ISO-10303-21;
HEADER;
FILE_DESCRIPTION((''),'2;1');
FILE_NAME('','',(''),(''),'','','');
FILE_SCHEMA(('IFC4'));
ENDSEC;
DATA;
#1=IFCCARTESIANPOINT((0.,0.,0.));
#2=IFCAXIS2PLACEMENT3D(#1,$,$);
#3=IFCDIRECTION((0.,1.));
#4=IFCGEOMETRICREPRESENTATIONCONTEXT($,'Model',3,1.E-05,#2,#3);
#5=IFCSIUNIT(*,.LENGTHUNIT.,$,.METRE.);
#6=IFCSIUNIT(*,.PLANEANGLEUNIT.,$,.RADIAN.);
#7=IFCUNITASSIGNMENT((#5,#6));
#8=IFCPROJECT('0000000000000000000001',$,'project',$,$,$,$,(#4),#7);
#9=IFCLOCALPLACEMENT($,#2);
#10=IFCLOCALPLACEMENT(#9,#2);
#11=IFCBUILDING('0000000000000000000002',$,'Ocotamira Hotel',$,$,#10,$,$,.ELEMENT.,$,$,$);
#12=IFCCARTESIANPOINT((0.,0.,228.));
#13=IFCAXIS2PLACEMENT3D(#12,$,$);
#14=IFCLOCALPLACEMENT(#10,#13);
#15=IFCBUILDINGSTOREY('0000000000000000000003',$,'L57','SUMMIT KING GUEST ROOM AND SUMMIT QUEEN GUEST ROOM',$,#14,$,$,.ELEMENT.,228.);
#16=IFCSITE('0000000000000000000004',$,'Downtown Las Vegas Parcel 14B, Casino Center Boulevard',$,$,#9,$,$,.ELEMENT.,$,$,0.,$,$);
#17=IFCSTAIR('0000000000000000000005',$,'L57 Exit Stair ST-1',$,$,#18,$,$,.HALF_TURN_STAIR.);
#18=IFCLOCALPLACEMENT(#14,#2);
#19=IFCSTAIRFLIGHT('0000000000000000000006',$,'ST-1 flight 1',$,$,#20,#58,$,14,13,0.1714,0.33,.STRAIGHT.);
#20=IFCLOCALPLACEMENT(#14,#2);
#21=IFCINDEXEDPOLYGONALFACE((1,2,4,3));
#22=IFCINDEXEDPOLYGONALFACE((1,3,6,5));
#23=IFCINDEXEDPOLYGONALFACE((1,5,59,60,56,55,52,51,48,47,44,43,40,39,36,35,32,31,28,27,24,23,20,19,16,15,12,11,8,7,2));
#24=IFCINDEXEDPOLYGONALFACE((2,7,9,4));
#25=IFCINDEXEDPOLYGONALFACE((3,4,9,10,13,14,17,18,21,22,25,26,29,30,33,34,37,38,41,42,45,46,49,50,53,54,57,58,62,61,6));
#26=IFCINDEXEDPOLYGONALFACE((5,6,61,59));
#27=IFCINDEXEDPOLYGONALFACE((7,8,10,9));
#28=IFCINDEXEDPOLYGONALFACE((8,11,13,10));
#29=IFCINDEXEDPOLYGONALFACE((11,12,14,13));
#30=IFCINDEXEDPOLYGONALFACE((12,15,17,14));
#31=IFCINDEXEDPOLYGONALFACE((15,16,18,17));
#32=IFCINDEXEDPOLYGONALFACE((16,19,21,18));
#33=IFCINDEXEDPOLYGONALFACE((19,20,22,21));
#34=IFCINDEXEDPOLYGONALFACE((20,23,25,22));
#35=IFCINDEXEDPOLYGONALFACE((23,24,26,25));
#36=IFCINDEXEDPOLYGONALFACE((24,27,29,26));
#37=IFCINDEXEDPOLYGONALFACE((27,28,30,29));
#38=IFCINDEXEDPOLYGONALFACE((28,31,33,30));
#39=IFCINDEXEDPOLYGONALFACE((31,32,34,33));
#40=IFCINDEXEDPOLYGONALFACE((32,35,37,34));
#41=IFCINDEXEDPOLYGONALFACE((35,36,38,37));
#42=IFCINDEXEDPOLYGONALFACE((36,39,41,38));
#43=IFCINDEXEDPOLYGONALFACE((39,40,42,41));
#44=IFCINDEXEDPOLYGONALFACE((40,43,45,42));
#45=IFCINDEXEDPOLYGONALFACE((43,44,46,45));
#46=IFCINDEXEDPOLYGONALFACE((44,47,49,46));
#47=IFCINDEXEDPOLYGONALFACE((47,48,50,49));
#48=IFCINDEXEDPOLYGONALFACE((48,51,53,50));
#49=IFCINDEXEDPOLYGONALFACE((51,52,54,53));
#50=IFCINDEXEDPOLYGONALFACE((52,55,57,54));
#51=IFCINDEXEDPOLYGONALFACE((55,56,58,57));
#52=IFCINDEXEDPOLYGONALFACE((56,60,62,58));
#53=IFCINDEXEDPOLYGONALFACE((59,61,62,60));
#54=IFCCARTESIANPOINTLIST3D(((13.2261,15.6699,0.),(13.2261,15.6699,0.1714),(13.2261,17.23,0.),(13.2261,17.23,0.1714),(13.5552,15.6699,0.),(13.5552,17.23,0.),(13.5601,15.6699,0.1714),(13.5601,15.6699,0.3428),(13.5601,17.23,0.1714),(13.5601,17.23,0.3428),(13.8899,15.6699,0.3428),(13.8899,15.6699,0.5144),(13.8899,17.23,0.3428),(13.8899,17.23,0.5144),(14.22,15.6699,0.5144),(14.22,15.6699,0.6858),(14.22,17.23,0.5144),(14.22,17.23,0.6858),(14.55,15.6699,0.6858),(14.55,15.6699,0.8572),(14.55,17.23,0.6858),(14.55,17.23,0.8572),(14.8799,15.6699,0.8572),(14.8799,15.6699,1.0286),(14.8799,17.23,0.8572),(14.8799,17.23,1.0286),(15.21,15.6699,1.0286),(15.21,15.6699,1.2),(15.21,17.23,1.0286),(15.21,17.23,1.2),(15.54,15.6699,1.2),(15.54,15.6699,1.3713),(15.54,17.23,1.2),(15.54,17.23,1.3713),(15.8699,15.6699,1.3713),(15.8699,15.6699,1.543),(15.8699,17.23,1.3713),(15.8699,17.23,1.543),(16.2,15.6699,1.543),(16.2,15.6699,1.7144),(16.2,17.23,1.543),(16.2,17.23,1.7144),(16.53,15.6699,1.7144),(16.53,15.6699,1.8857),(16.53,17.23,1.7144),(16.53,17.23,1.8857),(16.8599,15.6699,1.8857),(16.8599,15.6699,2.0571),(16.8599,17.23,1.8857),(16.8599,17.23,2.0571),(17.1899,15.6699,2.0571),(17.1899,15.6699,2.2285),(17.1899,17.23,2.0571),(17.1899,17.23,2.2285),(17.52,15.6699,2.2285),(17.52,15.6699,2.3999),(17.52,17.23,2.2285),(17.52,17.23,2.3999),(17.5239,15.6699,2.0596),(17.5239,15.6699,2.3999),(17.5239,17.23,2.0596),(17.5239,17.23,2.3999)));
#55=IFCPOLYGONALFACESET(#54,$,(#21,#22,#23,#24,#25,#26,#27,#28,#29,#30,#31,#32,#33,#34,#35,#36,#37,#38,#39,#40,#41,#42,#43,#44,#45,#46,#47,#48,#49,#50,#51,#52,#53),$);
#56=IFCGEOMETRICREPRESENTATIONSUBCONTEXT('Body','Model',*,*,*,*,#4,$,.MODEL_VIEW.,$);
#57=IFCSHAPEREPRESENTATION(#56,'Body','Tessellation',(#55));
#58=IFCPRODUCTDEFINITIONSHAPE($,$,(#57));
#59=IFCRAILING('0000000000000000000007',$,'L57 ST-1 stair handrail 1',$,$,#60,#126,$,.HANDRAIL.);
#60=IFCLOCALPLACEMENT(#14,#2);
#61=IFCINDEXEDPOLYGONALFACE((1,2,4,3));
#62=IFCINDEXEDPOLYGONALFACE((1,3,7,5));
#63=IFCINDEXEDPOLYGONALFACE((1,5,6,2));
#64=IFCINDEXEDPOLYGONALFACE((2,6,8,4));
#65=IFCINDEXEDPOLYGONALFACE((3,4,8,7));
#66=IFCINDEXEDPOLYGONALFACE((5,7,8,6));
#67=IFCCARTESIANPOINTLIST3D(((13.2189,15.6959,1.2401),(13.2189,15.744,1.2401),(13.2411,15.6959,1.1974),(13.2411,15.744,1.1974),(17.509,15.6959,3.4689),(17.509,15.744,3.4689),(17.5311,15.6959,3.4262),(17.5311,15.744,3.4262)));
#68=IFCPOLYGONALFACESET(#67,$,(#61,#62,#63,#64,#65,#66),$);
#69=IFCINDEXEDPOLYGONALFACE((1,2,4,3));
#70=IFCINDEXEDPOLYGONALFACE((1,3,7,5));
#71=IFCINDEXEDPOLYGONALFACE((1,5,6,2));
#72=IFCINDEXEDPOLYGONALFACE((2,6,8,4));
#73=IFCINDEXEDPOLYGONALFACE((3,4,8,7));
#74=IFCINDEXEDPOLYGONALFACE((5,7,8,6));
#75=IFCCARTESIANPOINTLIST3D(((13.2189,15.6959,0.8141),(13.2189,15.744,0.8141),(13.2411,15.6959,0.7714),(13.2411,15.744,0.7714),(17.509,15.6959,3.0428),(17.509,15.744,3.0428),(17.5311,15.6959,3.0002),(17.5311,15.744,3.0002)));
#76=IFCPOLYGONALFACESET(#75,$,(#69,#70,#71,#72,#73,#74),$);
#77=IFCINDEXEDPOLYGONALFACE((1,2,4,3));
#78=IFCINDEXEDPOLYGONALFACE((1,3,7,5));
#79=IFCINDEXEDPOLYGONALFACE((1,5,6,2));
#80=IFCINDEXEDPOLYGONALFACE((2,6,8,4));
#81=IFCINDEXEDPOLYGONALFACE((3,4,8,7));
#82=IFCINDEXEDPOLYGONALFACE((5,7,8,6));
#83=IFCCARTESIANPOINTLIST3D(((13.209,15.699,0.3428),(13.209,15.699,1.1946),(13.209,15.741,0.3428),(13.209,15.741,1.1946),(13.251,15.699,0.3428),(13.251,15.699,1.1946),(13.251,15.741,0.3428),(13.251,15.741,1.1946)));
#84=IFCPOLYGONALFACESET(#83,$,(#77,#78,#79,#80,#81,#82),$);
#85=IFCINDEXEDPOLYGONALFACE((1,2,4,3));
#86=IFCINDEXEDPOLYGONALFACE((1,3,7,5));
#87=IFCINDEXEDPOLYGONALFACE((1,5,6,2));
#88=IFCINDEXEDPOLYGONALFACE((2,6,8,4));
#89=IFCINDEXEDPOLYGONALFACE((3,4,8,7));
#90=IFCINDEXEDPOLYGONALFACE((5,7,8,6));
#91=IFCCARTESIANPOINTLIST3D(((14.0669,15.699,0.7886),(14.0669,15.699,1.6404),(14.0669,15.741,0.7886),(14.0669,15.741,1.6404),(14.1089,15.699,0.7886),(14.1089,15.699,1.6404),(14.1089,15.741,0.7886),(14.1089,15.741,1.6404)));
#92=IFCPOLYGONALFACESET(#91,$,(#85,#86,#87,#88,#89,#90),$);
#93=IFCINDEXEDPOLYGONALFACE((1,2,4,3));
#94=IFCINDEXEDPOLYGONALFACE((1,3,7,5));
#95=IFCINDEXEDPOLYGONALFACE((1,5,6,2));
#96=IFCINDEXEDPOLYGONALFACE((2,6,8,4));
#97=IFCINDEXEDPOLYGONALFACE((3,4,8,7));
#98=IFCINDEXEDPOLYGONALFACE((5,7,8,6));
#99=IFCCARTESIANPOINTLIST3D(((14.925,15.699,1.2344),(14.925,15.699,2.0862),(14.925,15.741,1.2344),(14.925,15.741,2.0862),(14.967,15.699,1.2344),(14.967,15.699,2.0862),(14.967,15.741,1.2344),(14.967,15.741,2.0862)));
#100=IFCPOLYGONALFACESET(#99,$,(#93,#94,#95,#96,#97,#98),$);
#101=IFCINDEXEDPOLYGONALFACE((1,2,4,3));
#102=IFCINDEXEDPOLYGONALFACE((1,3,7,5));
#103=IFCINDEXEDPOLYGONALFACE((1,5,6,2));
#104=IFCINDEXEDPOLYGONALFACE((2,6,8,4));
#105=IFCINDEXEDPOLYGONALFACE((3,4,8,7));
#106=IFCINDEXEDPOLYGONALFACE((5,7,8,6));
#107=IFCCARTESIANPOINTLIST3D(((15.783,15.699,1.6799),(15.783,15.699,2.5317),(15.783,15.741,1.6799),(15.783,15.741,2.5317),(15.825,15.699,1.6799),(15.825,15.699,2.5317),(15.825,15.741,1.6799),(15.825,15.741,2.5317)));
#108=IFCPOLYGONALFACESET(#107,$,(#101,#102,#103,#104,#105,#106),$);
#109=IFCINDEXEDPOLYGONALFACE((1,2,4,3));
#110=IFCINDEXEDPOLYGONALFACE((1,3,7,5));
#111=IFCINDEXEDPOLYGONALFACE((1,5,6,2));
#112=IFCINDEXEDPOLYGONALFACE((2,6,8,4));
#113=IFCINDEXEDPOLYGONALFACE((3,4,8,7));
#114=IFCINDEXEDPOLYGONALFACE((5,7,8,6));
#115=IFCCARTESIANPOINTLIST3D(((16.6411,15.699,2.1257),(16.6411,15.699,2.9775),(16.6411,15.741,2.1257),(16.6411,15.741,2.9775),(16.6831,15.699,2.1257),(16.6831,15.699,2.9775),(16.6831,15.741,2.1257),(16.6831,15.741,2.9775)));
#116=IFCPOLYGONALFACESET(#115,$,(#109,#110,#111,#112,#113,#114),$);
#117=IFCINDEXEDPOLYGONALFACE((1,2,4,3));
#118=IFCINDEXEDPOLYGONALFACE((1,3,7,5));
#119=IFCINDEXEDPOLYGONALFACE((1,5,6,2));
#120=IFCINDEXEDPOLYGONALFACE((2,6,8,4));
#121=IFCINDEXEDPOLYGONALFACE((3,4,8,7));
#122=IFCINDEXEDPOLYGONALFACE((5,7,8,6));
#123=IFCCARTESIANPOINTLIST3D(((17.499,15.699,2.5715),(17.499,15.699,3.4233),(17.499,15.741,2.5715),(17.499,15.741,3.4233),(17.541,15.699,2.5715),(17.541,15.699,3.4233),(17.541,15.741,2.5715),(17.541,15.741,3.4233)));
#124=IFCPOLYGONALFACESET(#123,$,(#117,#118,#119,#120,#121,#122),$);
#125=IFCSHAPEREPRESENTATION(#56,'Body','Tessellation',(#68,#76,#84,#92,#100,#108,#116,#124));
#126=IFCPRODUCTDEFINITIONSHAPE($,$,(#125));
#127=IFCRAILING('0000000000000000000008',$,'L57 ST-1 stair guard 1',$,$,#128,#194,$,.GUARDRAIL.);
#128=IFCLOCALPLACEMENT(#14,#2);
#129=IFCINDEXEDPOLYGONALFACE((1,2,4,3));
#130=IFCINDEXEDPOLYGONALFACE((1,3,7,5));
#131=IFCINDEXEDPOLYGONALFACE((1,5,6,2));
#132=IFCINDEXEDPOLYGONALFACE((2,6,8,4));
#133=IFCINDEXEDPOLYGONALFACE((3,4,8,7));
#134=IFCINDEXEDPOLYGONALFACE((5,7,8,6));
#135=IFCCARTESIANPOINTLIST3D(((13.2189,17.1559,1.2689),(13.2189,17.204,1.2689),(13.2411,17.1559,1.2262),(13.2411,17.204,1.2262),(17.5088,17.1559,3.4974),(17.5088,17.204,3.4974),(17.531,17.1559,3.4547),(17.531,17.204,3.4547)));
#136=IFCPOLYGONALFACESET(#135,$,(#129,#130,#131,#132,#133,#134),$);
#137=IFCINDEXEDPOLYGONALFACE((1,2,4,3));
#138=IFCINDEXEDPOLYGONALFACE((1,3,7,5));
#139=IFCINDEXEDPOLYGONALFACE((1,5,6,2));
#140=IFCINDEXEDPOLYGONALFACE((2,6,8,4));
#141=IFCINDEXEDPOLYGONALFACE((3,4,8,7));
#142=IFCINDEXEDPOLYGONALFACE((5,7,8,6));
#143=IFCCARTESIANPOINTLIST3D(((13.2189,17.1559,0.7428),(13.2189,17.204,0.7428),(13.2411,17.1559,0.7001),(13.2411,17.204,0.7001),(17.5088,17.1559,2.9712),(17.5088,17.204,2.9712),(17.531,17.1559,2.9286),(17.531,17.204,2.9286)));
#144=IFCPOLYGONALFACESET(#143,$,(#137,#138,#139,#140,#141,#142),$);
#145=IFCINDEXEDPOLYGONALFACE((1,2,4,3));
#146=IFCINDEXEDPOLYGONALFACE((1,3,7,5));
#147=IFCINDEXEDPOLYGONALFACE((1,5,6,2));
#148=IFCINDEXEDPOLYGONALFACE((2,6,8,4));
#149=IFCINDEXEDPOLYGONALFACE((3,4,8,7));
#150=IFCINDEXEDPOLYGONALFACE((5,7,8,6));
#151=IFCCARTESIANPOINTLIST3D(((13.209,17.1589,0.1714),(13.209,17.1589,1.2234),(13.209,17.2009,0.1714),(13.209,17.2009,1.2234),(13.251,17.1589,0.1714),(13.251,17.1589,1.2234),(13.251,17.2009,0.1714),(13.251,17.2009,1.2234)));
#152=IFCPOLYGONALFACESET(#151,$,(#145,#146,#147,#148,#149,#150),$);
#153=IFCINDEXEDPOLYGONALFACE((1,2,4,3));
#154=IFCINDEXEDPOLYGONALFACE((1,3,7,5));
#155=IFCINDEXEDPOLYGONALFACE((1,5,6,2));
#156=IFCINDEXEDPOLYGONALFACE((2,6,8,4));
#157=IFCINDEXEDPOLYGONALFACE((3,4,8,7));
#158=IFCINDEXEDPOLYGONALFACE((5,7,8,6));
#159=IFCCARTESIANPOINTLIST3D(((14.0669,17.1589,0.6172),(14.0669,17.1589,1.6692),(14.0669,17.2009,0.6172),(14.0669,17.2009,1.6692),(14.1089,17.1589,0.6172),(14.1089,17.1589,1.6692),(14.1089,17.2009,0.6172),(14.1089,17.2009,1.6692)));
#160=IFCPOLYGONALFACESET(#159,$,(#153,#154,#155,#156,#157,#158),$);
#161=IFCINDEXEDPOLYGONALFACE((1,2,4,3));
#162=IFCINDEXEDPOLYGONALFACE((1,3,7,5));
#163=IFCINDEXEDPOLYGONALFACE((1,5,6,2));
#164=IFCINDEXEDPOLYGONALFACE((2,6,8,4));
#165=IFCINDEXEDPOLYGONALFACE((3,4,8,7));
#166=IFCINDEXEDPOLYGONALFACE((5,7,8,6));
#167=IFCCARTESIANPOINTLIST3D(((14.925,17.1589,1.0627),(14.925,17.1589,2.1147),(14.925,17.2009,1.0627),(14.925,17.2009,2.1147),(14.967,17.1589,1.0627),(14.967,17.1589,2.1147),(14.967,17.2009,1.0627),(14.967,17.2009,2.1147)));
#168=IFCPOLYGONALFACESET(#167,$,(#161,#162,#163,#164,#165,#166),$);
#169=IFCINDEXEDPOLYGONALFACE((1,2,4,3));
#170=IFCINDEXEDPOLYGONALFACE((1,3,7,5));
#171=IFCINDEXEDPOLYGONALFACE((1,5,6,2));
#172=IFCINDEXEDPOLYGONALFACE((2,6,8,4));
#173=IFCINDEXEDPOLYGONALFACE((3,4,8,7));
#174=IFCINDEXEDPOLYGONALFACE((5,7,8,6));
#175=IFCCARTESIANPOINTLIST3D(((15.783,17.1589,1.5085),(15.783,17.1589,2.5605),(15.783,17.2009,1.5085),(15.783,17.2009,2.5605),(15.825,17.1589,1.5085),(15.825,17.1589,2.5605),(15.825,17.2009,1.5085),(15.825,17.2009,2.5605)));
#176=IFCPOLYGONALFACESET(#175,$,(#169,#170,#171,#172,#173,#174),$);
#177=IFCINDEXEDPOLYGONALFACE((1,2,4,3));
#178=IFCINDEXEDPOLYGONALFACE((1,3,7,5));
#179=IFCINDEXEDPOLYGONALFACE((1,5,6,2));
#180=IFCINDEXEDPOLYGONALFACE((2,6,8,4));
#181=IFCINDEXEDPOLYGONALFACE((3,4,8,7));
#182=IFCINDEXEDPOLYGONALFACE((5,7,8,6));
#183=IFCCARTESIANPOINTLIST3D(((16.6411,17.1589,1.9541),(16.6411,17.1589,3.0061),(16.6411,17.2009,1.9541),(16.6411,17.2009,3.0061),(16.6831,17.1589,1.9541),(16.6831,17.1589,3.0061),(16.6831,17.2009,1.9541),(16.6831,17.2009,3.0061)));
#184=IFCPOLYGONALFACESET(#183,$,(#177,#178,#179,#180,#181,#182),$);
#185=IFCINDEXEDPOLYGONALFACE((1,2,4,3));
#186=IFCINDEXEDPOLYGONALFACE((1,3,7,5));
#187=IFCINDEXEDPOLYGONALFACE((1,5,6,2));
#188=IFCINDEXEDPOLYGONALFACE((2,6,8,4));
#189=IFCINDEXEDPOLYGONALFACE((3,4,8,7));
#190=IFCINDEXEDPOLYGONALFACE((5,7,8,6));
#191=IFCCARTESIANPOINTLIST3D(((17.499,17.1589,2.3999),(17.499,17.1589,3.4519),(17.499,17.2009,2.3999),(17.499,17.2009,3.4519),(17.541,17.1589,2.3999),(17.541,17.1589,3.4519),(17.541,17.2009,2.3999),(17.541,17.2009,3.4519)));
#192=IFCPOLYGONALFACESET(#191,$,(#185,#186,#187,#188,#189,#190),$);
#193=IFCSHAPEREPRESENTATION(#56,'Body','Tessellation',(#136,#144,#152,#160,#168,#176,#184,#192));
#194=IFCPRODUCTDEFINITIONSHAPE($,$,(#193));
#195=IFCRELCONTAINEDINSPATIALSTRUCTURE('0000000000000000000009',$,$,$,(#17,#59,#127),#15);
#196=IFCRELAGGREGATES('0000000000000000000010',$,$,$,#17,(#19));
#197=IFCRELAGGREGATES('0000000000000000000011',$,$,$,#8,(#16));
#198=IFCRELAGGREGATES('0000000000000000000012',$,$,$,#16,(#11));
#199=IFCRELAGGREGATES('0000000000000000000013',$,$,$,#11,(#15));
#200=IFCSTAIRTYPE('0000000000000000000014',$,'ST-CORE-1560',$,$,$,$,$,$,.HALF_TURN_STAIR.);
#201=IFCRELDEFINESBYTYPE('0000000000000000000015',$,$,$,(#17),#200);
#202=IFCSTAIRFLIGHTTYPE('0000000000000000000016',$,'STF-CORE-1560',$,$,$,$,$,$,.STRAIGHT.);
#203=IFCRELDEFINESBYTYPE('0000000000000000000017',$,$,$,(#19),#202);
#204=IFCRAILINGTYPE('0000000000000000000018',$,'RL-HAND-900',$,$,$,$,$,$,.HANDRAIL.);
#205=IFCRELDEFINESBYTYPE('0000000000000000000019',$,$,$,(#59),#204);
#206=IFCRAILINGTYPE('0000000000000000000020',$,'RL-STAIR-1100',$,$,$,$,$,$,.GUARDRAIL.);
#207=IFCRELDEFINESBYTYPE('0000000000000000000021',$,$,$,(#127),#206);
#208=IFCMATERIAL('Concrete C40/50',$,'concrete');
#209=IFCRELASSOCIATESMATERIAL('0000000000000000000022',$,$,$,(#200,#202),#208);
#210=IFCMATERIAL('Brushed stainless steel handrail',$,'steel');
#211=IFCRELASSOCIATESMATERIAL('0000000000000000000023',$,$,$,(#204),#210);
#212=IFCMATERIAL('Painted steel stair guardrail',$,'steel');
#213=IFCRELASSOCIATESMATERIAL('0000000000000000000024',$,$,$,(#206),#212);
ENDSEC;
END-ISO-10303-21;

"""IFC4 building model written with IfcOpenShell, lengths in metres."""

from ifc_helpers import new_model, si_unit, direction, frame, origin, origin_2d, place, context, subcontext, project, spatial, polyline, rectangle, outline, extrude, source, transform, mapped, material, type_object, element, aggregate, save


model = new_model("IFC4")

# Units and contexts
model_context = context("Model", 3, precision=1e-05, world=origin(), true_north=direction((0.0, 1.0)))
body_context = subcontext(model_context, "Body", "Model", "MODEL_VIEW")
ifc_project = project(units=[si_unit("LENGTHUNIT", "METRE"), si_unit("PLANEANGLEUNIT", "RADIAN")], contexts=[model_context])

# Site, building, storey
site_placement = place(None, origin())
site = spatial("IfcSite", under=ifc_project, at=site_placement, Name="Downtown Las Vegas Parcel 14B, Casino Center Boulevard", CompositionType="ELEMENT", RefElevation=0.0)
building_placement = place(site_placement, origin())
building = spatial("IfcBuilding", under=site, at=building_placement, Name="Ocotamira Hotel", CompositionType="ELEMENT")
storey_placement = place(building_placement, frame((0.0, 0.0, 228.0)))
storey = spatial("IfcBuildingStorey", under=building, at=storey_placement, Name="L57", Description="SUMMIT KING GUEST ROOM AND SUMMIT QUEEN GUEST ROOM", CompositionType="ELEMENT", Elevation=228.0)

# Stair, stair flight
ifc_material_1 = material(Name="Concrete C40/50", Category="concrete")
stair_type = type_object("IfcStairType", Name="ST-CORE-1560", PredefinedType="HALF_TURN_STAIR", material=ifc_material_1)
stair_placement = place(storey_placement, origin())
stair = element("IfcStair", 1, at=stair_placement, inside=storey, type_object=stair_type, Name="L57 Exit Stair ST-1", PredefinedType="HALF_TURN_STAIR")
stair_flight_type = type_object("IfcStairFlightType", Name="STF-CORE-1560", PredefinedType="STRAIGHT", material=ifc_material_1)
shared_shape_1 = source(origin(), body_context, "Body", "SweptSolid", [
    extrude(outline(polyline([(-0.0039, 0.0), (-0.0039, 0.1714), (0.3301, 0.1714), (0.3301, 0.3428), (0.6599, 0.3428), (0.6599, 0.5144), (0.99, 0.5144), (0.99, 0.6858), (1.3201, 0.6858), (1.3201, 0.8572), (1.6499, 0.8572), (1.6499, 1.0286), (1.98, 1.0286), (1.98, 1.2), (2.3101, 1.2), (2.3101, 1.3713), (2.6399, 1.3713), (2.6399, 1.543), (2.97, 1.543), (2.97, 1.7144), (3.3, 1.7144), (3.3, 1.8857), (3.6299, 1.8857), (3.6299, 2.0571), (3.96, 2.0571), (3.96, 2.2285), (4.29, 2.2285), (4.29, 2.3999), (4.2939, 2.3999), (4.2939, 2.0596), (0.3252, 0.0), (-0.0039, 0.0)])), frame((0.0, 0.78, 0.0), z_axis=(0.0, -1.0, 0.0), x_axis=(1.0, 0.0, 0.0)), (0.0, 0.0, 1.0), 1.5601),
])
stair_flight_placement = place(storey_placement, frame((13.23, 16.45, 0.0), z_axis=(0.0, 0.0, 1.0), x_axis=(1.0, 0.0, 0.0)))
stair_flight = element("IfcStairFlight", 2, at=stair_flight_placement, type_object=stair_flight_type, Name="ST-1 flight 1", NumberOfRisers=14, NumberOfTreads=13, PredefinedType="STRAIGHT", RiserHeight=0.1714, TreadLength=0.33, context=body_context, shape_type="MappedRepresentation", body=[
    mapped(shared_shape_1, transform((0.0, 0.0, 0.0), scale=1.0)),
])
aggregate(stair, [stair_flight])

# Railings
ifc_material_2 = material(Name="Brushed stainless steel handrail", Category="steel")
railing_type_1 = type_object("IfcRailingType", Name="RL-HAND-900", PredefinedType="HANDRAIL", material=ifc_material_2)
railing_1_placement = place(storey_placement, frame((13.23, 15.72, 0.3428)))
element("IfcRailing", 3, at=railing_1_placement, inside=storey, type_object=railing_type_1, Name="L57 ST-1 stair handrail 1", PredefinedType="HANDRAIL", context=body_context, shape_type="SweptSolid", body=[
    extrude(rectangle(XDim=0.0481, YDim=0.0481, at=origin_2d()), frame((0.0, 0.0, 0.876), z_axis=(0.887391, 0.0, 0.461017), x_axis=(0.0, 1.0, 0.0)), (0.0, 0.0, 1.0), 4.8345),
    extrude(rectangle(XDim=0.0481, YDim=0.0481, at=origin_2d()), frame((0.0, 0.0, 0.45), z_axis=(0.887391, 0.0, 0.461017), x_axis=(0.0, 1.0, 0.0)), (0.0, 0.0, 1.0), 4.8345),
    extrude(rectangle(XDim=0.042, YDim=0.042, at=origin_2d()), origin(), (0.0, 0.0, 1.0), 0.8518),
    extrude(rectangle(XDim=0.042, YDim=0.042, at=origin_2d()), frame((0.8579, 0.0, 0.4458)), (0.0, 0.0, 1.0), 0.8518),
    extrude(rectangle(XDim=0.042, YDim=0.042, at=origin_2d()), frame((1.7161, 0.0, 0.8916)), (0.0, 0.0, 1.0), 0.8518),
    extrude(rectangle(XDim=0.042, YDim=0.042, at=origin_2d()), frame((2.574, 0.0, 1.3372)), (0.0, 0.0, 1.0), 0.8518),
    extrude(rectangle(XDim=0.042, YDim=0.042, at=origin_2d()), frame((3.4321, 0.0, 1.783)), (0.0, 0.0, 1.0), 0.8518),
    extrude(rectangle(XDim=0.042, YDim=0.042, at=origin_2d()), frame((4.29, 0.0, 2.2288)), (0.0, 0.0, 1.0), 0.8518),
])
ifc_material_3 = material(Name="Painted steel stair guardrail", Category="steel")
railing_type_2 = type_object("IfcRailingType", Name="RL-STAIR-1100", PredefinedType="GUARDRAIL", material=ifc_material_3)
railing_2_placement = place(storey_placement, frame((13.23, 17.1799, 0.1714)))
element("IfcRailing", 4, at=railing_2_placement, inside=storey, type_object=railing_type_2, Name="L57 ST-1 stair guard 1", PredefinedType="GUARDRAIL", context=body_context, shape_type="SweptSolid", body=[
    extrude(rectangle(XDim=0.0481, YDim=0.0481, at=origin_2d()), frame((0.0, 0.0, 1.0762), z_axis=(0.887412, 0.0, 0.460977), x_axis=(0.0, 1.0, 0.0)), (0.0, 0.0, 1.0), 4.8342),
    extrude(rectangle(XDim=0.0481, YDim=0.0481, at=origin_2d()), frame((0.0, 0.0, 0.55), z_axis=(0.887412, 0.0, 0.460977), x_axis=(0.0, 1.0, 0.0)), (0.0, 0.0, 1.0), 4.8342),
    extrude(rectangle(XDim=0.042, YDim=0.042, at=origin_2d()), origin(), (0.0, 0.0, 1.0), 1.052),
    extrude(rectangle(XDim=0.042, YDim=0.042, at=origin_2d()), frame((0.8579, 0.0, 0.4458)), (0.0, 0.0, 1.0), 1.052),
    extrude(rectangle(XDim=0.042, YDim=0.042, at=origin_2d()), frame((1.7161, 0.0, 0.8914)), (0.0, 0.0, 1.0), 1.052),
    extrude(rectangle(XDim=0.042, YDim=0.042, at=origin_2d()), frame((2.574, 0.0, 1.3372)), (0.0, 0.0, 1.0), 1.052),
    extrude(rectangle(XDim=0.042, YDim=0.042, at=origin_2d()), frame((3.4321, 0.0, 1.7827)), (0.0, 0.0, 1.0), 1.052),
    extrude(rectangle(XDim=0.042, YDim=0.042, at=origin_2d()), frame((4.29, 0.0, 2.2285)), (0.0, 0.0, 1.0), 1.052),
])

save(model, "model.ifc")
